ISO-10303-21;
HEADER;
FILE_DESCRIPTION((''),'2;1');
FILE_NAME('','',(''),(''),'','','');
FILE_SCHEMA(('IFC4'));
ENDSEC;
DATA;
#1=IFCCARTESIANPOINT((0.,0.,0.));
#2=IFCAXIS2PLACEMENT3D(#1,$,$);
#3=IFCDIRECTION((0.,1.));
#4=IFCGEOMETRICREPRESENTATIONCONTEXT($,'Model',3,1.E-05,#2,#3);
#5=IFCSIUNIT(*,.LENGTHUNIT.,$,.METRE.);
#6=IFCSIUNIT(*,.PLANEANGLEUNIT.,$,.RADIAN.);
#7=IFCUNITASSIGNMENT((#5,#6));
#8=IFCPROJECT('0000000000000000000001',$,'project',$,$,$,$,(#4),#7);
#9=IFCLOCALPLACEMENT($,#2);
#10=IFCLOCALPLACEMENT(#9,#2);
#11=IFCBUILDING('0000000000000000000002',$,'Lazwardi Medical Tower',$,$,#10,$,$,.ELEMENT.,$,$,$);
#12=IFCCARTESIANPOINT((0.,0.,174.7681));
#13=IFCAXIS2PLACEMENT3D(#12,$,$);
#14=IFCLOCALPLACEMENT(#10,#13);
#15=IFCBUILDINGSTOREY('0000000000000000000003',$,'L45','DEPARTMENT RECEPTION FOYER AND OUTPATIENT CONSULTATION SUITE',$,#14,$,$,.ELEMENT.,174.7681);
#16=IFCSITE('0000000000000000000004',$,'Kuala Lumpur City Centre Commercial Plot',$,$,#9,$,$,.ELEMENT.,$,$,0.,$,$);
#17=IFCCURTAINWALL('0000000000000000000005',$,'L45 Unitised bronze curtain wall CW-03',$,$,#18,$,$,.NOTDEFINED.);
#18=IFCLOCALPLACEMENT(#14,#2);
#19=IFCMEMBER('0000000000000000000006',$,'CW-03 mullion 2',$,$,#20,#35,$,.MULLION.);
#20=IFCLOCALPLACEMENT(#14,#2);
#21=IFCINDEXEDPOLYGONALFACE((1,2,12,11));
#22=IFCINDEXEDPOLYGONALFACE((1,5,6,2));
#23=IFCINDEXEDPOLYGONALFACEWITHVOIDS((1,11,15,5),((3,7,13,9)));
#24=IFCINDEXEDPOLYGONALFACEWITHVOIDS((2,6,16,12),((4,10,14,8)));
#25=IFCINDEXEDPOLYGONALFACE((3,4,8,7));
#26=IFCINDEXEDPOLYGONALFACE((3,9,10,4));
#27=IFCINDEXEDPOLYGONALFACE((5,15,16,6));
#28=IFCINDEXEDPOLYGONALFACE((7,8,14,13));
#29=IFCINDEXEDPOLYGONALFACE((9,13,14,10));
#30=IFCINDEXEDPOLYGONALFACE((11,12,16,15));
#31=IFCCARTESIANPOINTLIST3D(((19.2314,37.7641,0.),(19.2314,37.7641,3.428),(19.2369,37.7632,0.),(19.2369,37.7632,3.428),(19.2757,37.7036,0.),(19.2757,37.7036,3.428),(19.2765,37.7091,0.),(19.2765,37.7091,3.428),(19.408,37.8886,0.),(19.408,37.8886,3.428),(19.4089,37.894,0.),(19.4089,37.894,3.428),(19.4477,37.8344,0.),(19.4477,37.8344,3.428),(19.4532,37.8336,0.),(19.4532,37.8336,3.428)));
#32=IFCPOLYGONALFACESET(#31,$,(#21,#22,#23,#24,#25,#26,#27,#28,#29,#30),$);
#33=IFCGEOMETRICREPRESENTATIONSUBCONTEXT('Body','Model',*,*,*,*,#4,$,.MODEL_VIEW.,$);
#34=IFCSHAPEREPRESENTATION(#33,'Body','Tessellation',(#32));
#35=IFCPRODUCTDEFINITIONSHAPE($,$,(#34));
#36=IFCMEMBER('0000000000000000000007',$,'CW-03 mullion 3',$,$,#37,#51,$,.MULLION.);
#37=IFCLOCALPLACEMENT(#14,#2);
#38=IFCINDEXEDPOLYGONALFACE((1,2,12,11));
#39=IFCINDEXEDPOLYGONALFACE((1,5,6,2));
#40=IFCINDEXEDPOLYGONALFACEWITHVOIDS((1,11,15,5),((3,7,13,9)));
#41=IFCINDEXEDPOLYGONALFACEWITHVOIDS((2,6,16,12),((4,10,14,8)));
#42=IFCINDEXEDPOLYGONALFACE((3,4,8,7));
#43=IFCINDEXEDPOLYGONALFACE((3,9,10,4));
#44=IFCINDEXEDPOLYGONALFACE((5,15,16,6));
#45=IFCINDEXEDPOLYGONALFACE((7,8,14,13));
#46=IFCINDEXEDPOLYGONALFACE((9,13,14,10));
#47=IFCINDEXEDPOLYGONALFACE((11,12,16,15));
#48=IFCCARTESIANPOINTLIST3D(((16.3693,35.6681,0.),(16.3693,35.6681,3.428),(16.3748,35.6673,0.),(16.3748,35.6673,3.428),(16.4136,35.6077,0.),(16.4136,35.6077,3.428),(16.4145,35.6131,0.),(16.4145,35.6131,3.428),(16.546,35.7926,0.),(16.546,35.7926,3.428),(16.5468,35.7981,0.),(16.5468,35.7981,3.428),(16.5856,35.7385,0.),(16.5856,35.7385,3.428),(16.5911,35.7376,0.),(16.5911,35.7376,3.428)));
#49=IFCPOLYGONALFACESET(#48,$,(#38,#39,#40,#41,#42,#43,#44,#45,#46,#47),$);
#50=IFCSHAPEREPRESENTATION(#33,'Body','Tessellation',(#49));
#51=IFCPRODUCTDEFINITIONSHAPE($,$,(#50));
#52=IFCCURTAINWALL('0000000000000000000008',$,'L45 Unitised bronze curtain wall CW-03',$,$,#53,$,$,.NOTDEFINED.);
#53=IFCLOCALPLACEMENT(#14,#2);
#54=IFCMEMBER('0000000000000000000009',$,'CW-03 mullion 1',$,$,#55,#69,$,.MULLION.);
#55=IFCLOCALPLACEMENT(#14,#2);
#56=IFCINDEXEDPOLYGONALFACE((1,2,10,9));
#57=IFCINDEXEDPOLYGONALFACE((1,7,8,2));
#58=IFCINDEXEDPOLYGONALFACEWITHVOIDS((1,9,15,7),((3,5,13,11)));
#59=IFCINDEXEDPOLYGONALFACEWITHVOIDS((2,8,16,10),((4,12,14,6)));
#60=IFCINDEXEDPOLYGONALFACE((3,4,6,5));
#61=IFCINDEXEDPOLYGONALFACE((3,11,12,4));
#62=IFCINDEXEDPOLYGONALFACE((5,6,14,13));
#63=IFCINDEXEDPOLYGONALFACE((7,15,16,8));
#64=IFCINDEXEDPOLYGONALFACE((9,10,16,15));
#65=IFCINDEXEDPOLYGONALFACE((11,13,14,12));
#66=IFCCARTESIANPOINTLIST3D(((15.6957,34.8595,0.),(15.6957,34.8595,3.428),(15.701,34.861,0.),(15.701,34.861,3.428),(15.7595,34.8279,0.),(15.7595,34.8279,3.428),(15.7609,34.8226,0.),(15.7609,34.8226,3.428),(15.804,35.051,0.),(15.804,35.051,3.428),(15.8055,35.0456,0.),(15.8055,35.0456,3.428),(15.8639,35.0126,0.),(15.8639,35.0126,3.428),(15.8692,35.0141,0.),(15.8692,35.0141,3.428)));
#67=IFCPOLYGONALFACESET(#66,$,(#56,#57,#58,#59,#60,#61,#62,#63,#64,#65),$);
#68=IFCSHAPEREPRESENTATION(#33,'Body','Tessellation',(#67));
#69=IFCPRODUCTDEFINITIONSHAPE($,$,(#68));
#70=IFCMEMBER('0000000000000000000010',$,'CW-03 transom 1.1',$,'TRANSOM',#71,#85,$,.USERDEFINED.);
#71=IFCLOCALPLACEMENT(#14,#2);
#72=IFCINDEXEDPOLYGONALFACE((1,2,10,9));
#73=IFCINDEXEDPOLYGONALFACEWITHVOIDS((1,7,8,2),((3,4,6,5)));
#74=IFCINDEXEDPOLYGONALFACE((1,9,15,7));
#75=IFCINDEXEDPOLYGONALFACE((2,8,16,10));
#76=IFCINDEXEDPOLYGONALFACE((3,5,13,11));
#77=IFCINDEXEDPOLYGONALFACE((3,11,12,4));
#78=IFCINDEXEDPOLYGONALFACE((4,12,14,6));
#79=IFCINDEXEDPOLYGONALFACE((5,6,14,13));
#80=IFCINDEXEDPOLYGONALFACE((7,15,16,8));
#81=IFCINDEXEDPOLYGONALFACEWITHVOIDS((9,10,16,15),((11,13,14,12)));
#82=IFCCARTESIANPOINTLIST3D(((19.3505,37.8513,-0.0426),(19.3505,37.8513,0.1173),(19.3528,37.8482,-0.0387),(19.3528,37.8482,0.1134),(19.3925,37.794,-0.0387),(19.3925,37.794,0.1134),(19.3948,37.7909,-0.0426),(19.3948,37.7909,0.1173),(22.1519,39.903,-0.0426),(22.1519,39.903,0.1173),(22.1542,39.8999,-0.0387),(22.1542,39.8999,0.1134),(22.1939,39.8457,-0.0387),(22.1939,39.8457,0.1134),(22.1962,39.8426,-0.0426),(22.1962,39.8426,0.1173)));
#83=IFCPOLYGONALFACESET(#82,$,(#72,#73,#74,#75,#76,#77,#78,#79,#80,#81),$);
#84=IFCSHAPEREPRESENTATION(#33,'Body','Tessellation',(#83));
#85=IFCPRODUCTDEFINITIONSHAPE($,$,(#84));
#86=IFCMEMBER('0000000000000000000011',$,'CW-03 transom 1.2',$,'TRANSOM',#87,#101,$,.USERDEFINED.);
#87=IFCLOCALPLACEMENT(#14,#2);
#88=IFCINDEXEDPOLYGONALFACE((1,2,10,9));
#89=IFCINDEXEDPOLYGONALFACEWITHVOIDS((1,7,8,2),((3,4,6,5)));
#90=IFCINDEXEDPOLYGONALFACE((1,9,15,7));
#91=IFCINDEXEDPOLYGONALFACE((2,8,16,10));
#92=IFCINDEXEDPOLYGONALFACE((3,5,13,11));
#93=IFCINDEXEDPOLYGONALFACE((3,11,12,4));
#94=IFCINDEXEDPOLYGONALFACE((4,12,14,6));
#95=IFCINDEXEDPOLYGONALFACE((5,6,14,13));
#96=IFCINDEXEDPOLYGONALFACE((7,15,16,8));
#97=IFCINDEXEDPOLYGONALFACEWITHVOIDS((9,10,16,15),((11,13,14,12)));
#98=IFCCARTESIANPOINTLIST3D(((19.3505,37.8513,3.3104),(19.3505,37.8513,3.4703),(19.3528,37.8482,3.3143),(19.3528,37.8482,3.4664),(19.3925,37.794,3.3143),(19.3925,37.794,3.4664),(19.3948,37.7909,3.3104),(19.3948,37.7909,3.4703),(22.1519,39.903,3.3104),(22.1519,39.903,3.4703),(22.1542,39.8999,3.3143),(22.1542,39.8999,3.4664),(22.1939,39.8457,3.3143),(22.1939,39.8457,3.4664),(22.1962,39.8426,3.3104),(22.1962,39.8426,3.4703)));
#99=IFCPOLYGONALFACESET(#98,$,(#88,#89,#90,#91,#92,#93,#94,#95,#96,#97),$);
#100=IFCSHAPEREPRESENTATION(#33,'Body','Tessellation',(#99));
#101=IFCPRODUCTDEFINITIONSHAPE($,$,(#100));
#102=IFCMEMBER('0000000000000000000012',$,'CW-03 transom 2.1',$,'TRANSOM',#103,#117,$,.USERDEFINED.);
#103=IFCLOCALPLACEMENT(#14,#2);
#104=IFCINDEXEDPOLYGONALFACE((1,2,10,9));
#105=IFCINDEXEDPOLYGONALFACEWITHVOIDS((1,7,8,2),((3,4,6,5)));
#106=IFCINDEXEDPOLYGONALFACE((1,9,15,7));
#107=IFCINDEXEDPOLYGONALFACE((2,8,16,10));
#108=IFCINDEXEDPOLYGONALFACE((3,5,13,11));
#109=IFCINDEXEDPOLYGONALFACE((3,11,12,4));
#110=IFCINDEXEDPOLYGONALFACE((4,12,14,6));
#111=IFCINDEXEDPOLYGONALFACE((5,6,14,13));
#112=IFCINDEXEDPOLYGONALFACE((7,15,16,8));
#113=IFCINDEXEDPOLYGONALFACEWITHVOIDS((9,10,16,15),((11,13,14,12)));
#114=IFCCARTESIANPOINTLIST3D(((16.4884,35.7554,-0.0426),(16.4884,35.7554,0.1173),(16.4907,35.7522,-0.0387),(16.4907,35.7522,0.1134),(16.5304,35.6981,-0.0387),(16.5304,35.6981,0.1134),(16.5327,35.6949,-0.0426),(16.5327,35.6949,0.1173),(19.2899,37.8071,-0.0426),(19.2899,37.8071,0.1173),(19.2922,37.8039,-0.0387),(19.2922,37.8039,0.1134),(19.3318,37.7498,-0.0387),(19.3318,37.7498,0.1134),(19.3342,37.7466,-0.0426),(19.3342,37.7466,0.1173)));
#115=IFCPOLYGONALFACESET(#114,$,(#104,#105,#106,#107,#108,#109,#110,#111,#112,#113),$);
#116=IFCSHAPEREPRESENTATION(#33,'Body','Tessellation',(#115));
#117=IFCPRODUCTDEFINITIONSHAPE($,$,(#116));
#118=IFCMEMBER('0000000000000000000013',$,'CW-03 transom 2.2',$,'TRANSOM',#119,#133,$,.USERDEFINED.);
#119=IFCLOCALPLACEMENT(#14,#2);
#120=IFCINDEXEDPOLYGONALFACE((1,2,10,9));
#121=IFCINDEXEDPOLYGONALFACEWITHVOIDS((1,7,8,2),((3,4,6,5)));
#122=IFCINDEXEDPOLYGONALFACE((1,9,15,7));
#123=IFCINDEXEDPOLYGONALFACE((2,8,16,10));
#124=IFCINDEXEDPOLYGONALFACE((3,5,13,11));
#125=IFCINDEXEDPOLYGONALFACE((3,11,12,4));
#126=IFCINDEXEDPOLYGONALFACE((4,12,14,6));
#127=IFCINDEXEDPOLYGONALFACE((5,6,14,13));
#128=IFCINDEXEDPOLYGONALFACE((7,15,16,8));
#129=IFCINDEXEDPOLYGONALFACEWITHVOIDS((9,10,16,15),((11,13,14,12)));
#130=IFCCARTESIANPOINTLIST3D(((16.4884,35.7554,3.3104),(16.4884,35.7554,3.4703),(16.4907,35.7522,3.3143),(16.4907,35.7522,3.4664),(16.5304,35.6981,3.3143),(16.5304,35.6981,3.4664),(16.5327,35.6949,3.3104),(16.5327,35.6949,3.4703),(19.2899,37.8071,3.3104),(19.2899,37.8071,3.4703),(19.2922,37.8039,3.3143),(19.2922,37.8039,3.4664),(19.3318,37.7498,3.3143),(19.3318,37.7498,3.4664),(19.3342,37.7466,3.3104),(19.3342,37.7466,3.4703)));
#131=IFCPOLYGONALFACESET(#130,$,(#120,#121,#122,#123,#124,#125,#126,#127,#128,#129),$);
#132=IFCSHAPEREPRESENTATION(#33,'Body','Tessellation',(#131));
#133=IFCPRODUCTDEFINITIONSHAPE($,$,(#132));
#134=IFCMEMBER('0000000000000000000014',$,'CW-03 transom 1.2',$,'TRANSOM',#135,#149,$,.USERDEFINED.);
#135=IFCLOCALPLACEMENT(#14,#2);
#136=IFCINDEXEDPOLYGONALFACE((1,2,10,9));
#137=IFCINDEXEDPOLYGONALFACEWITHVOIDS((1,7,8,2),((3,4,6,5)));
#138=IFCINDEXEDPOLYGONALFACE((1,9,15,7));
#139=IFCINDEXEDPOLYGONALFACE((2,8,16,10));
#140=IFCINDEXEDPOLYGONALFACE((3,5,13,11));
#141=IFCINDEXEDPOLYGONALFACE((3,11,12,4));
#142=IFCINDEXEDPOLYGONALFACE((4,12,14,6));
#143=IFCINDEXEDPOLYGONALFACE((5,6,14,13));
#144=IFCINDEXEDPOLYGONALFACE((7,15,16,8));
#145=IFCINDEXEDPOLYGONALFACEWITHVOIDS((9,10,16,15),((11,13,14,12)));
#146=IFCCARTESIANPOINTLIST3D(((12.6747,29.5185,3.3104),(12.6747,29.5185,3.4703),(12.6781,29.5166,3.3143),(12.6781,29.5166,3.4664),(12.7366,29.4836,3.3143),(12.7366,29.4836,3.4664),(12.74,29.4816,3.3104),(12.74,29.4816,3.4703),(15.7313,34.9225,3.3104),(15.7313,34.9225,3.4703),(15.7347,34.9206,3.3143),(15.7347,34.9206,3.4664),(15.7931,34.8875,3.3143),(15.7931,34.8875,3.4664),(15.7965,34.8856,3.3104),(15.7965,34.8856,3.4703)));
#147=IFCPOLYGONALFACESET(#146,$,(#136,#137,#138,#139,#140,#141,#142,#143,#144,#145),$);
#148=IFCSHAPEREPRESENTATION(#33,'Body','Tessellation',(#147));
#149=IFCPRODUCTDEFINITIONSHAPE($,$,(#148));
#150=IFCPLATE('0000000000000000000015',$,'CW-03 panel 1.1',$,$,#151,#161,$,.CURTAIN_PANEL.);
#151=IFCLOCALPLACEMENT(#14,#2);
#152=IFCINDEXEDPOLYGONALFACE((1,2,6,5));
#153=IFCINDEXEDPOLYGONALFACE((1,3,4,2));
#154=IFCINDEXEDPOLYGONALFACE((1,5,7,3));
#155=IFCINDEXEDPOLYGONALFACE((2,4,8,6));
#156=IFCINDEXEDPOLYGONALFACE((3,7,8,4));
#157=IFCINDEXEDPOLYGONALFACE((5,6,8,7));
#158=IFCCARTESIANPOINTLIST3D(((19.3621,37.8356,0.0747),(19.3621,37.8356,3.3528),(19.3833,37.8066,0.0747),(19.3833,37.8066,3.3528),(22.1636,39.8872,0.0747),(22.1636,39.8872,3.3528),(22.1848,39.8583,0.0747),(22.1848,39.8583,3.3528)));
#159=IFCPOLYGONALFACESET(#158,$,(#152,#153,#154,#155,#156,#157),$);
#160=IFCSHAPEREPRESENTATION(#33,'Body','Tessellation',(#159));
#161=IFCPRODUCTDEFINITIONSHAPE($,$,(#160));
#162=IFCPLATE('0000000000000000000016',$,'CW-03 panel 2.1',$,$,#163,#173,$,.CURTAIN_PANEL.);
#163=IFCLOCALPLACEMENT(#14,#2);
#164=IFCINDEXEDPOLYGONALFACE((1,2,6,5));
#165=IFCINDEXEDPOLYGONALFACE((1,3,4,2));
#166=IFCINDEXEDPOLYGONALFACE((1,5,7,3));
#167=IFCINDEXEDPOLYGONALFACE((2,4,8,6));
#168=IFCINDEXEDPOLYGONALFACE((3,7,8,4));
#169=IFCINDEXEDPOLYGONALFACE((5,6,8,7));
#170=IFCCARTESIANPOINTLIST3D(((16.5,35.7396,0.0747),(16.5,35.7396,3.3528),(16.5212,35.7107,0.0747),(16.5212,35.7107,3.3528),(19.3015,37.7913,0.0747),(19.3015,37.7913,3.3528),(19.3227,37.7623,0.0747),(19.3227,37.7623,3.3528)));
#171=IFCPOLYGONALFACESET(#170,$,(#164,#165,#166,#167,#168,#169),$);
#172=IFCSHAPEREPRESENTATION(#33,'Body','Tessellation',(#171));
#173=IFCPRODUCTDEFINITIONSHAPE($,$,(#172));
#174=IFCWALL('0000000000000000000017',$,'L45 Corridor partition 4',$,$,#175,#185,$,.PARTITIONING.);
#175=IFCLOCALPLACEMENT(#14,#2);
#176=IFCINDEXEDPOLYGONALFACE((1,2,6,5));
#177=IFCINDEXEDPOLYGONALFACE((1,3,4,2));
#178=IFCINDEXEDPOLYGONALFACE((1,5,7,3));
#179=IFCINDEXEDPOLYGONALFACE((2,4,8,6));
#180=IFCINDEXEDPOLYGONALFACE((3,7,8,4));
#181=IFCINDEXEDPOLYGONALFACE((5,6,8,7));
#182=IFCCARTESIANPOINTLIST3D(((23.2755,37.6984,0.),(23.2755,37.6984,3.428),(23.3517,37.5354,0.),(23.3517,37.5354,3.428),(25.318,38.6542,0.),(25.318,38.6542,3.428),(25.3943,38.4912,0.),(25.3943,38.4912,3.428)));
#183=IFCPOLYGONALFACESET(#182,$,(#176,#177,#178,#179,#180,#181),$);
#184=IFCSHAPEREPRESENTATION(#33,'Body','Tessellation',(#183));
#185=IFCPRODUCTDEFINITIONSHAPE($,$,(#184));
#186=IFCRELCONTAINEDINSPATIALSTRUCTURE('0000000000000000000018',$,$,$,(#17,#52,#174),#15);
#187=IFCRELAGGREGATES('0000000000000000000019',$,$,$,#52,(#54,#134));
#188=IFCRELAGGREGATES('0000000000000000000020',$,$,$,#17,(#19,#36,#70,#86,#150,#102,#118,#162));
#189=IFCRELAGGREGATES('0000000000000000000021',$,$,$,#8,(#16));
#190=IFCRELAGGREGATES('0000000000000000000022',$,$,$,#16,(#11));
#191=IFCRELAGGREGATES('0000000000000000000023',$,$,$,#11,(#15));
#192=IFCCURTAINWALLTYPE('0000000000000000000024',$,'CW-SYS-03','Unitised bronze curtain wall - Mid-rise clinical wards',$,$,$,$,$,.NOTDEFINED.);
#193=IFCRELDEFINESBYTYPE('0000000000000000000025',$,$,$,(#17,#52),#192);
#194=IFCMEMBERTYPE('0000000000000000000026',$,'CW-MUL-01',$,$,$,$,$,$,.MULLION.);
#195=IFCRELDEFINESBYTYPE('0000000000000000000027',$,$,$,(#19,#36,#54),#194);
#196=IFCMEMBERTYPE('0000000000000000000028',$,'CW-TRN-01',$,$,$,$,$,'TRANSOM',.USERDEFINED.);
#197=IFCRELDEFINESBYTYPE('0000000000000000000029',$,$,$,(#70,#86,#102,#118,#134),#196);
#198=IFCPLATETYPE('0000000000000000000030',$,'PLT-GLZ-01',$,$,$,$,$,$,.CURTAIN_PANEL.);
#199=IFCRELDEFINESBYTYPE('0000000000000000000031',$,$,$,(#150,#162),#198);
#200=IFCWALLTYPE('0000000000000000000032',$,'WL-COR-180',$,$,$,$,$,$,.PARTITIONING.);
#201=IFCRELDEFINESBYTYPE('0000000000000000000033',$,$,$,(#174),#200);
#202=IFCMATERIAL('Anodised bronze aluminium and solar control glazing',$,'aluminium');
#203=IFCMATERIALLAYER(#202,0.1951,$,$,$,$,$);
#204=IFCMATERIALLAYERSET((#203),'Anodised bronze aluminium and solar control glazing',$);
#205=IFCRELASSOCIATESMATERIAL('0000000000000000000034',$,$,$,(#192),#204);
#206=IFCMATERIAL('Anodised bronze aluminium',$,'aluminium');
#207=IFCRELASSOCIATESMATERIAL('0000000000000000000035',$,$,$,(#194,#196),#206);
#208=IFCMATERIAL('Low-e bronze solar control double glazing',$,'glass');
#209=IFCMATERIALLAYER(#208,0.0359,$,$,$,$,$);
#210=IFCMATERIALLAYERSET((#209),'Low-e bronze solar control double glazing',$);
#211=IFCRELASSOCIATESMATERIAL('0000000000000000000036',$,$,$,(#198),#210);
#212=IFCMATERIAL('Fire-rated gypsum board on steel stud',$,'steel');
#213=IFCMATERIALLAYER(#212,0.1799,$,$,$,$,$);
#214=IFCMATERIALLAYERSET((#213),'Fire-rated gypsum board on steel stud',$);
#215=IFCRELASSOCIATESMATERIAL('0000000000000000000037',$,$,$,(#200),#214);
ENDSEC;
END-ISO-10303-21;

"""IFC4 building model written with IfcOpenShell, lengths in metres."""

from ifc_helpers import new_model, si_unit, direction, frame, frame_2d, origin, origin_2d, place, context, subcontext, project, spatial, rectangle, hollow_rectangle, extrude, material, layer, layer_set, material_profile, profile_set, type_object, element, aggregate, save


model = new_model("IFC4")

# Units and contexts
model_context = context("Model", 3, precision=1e-05, world=origin(), true_north=direction((0.0, 1.0)))
body_context = subcontext(model_context, "Body", "Model", "MODEL_VIEW")
ifc_project = project(units=[si_unit("LENGTHUNIT", "METRE"), si_unit("PLANEANGLEUNIT", "RADIAN")], contexts=[model_context])

# Site, building, storey
site_placement = place(None, origin())
site = spatial("IfcSite", under=ifc_project, at=site_placement, Name="Kuala Lumpur City Centre Commercial Plot", CompositionType="ELEMENT", RefElevation=0.0)
building_placement = place(site_placement, origin())
building = spatial("IfcBuilding", under=site, at=building_placement, Name="Lazwardi Medical Tower", CompositionType="ELEMENT")
storey_placement = place(building_placement, frame((0.0, 0.0, 174.7681)))
storey = spatial("IfcBuildingStorey", under=building, at=storey_placement, Name="L45", Description="DEPARTMENT RECEPTION FOYER AND OUTPATIENT CONSULTATION SUITE", CompositionType="ELEMENT", Elevation=174.7681)

# Shared definitions
ifc_material_1 = material(Name="Anodised bronze aluminium and solar control glazing", Category="aluminium")
ifc_layer_1 = layer(ifc_material_1, 0.1951)
ifc_layer_set_1 = layer_set([ifc_layer_1], Name="Anodised bronze aluminium and solar control glazing")
curtain_wall_type = type_object("IfcCurtainWallType", Name="CW-SYS-03", Description="Unitised bronze curtain wall - Mid-rise clinical wards", PredefinedType="NOTDEFINED", material=ifc_layer_set_1)
ifc_material_2 = material(Name="Anodised bronze aluminium", Category="aluminium")
ifc_material_profile_1 = material_profile(ifc_material_2, hollow_rectangle(XDim=0.075, YDim=0.22, WallThickness=0.0039, at=origin_2d()), Name="ALU-MULLION 220x75x4")
ifc_profile_set_1 = profile_set([ifc_material_profile_1], Name="Anodised bronze aluminium")
member_type_1 = type_object("IfcMemberType", Name="CW-MUL-01", PredefinedType="MULLION", material=ifc_profile_set_1)

# Curtain wall, members
curtain_wall_1_placement = place(storey_placement, origin())
curtain_wall_1 = element("IfcCurtainWall", 1, at=curtain_wall_1_placement, inside=storey, type_object=curtain_wall_type, Name="L45 Unitised bronze curtain wall CW-03", PredefinedType="NOTDEFINED")
member_1_placement = place(storey_placement, frame((19.3423, 37.7988, 0.0), z_axis=(0.0, 0.0, 1.0), x_axis=(0.590834, -0.806793, 0.0)))
member_1 = element("IfcMember", 2, at=member_1_placement, type_object=member_type_1, Name="CW-03 mullion 2", PredefinedType="MULLION", context=body_context, shape_type="SweptSolid", body=[
    extrude(hollow_rectangle(XDim=0.075, YDim=0.22, WallThickness=0.0039, at=origin_2d()), origin(), (0.0, 0.0, 1.0), 3.428),
])
member_2_placement = place(storey_placement, frame((16.4802, 35.7029, 0.0), z_axis=(0.0, 0.0, 1.0), x_axis=(0.590834, -0.806793, 0.0)))
member_2 = element("IfcMember", 3, at=member_2_placement, type_object=member_type_1, Name="CW-03 mullion 3", PredefinedType="MULLION", context=body_context, shape_type="SweptSolid", body=[
    extrude(hollow_rectangle(XDim=0.075, YDim=0.22, WallThickness=0.0039, at=origin_2d()), origin(), (0.0, 0.0, 1.0), 3.428),
])

# Curtain wall, member
curtain_wall_2_placement = place(storey_placement, origin())
curtain_wall_2 = element("IfcCurtainWall", 4, at=curtain_wall_2_placement, inside=storey, type_object=curtain_wall_type, Name="L45 Unitised bronze curtain wall CW-03", PredefinedType="NOTDEFINED")
member_3_placement = place(storey_placement, frame((15.7825, 34.9368, 0.0), z_axis=(0.0, 0.0, 1.0), x_axis=(0.870419, -0.492312, 0.0)))
member_3 = element("IfcMember", 5, at=member_3_placement, type_object=member_type_1, Name="CW-03 mullion 1", PredefinedType="MULLION", context=body_context, shape_type="SweptSolid", body=[
    extrude(hollow_rectangle(XDim=0.075, YDim=0.22, WallThickness=0.0039, at=origin_2d()), origin(), (0.0, 0.0, 1.0), 3.428),
])

# Members
ifc_material_profile_2 = material_profile(ifc_material_2, hollow_rectangle(XDim=0.075, YDim=0.1599, WallThickness=0.0039, at=origin_2d()), Name="ALU-TRANSOM 160x75x4")
ifc_profile_set_2 = profile_set([ifc_material_profile_2], Name="Anodised bronze aluminium")
member_type_2 = type_object("IfcMemberType", Name="CW-TRN-01", ElementType="TRANSOM", PredefinedType="USERDEFINED", material=ifc_profile_set_2)
member_4_placement = place(storey_placement, frame((22.1741, 39.8728, 0.0374), z_axis=(-0.806774, -0.590861, 0.0), x_axis=(0.590861, -0.806774, 0.0)))
member_4 = element("IfcMember", 6, at=member_4_placement, type_object=member_type_2, Name="CW-03 transom 1.1", ObjectType="TRANSOM", PredefinedType="USERDEFINED", context=body_context, shape_type="SweptSolid", body=[
    extrude(hollow_rectangle(XDim=0.075, YDim=0.1599, WallThickness=0.0039, at=origin_2d()), origin(), (0.0, 0.0, 1.0), 3.4724),
])
member_5_placement = place(storey_placement, frame((22.1741, 39.8728, 3.3904), z_axis=(-0.806774, -0.590861, 0.0), x_axis=(0.590861, -0.806774, 0.0)))
member_5 = element("IfcMember", 7, at=member_5_placement, type_object=member_type_2, Name="CW-03 transom 1.2", ObjectType="TRANSOM", PredefinedType="USERDEFINED", context=body_context, shape_type="SweptSolid", body=[
    extrude(hollow_rectangle(XDim=0.075, YDim=0.1599, WallThickness=0.0039, at=origin_2d()), origin(), (0.0, 0.0, 1.0), 3.4724),
])
member_6_placement = place(storey_placement, frame((19.312, 37.7769, 0.0374), z_axis=(-0.806774, -0.590861, 0.0), x_axis=(0.590861, -0.806774, 0.0)))
member_6 = element("IfcMember", 8, at=member_6_placement, type_object=member_type_2, Name="CW-03 transom 2.1", ObjectType="TRANSOM", PredefinedType="USERDEFINED", context=body_context, shape_type="SweptSolid", body=[
    extrude(hollow_rectangle(XDim=0.075, YDim=0.1599, WallThickness=0.0039, at=origin_2d()), origin(), (0.0, 0.0, 1.0), 3.4724),
])
member_7_placement = place(storey_placement, frame((19.312, 37.7769, 3.3904), z_axis=(-0.806774, -0.590861, 0.0), x_axis=(0.590861, -0.806774, 0.0)))
member_7 = element("IfcMember", 9, at=member_7_placement, type_object=member_type_2, Name="CW-03 transom 2.2", ObjectType="TRANSOM", PredefinedType="USERDEFINED", context=body_context, shape_type="SweptSolid", body=[
    extrude(hollow_rectangle(XDim=0.075, YDim=0.1599, WallThickness=0.0039, at=origin_2d()), origin(), (0.0, 0.0, 1.0), 3.4724),
])
member_8_placement = place(storey_placement, frame((15.7639, 34.9041, 3.3904), z_axis=(-0.492323, -0.870413, 0.0), x_axis=(0.870413, -0.492323, 0.0)))
member_8 = element("IfcMember", 10, at=member_8_placement, type_object=member_type_2, Name="CW-03 transom 1.2", ObjectType="TRANSOM", PredefinedType="USERDEFINED", context=body_context, shape_type="SweptSolid", body=[
    extrude(hollow_rectangle(XDim=0.075, YDim=0.1599, WallThickness=0.0039, at=origin_2d()), origin(), (0.0, 0.0, 1.0), 6.2085),
])
aggregate(curtain_wall_2, [member_3, member_8])

# Plates
ifc_material_3 = material(Name="Low-e bronze solar control double glazing", Category="glass")
ifc_layer_2 = layer(ifc_material_3, 0.0359)
ifc_layer_set_2 = layer_set([ifc_layer_2], Name="Low-e bronze solar control double glazing")
plate_type = type_object("IfcPlateType", Name="PLT-GLZ-01", PredefinedType="CURTAIN_PANEL", material=ifc_layer_set_2)
plate_1_placement = place(storey_placement, frame((20.7734, 38.8469, 0.0747), z_axis=(0.0, 0.0, 1.0), x_axis=(-0.806793, -0.590834, 0.0)))
plate_1 = element("IfcPlate", 11, at=plate_1_placement, type_object=plate_type, Name="CW-03 panel 1.1", PredefinedType="CURTAIN_PANEL", context=body_context, shape_type="SweptSolid", body=[
    extrude(rectangle(XDim=3.4724, YDim=0.0359, at=origin_2d()), origin(), (0.0, 0.0, 1.0), 3.2781),
])
plate_2_placement = place(storey_placement, frame((17.9114, 36.751, 0.0747), z_axis=(0.0, 0.0, 1.0), x_axis=(-0.806793, -0.590834, 0.0)))
plate_2 = element("IfcPlate", 12, at=plate_2_placement, type_object=plate_type, Name="CW-03 panel 2.1", PredefinedType="CURTAIN_PANEL", context=body_context, shape_type="SweptSolid", body=[
    extrude(rectangle(XDim=3.4724, YDim=0.0359, at=origin_2d()), origin(), (0.0, 0.0, 1.0), 3.2781),
])
aggregate(curtain_wall_1, [member_1, member_2, member_4, member_5, plate_1, member_6, member_7, plate_2])

# Wall
ifc_material_4 = material(Name="Fire-rated gypsum board on steel stud", Category="steel")
ifc_layer_3 = layer(ifc_material_4, 0.1799)
ifc_layer_set_3 = layer_set([ifc_layer_3], Name="Fire-rated gypsum board on steel stud")
wall_type_1 = type_object("IfcWallType", Name="WL-COR-180", PredefinedType="PARTITIONING", material=ifc_layer_set_3)
wall_1_placement = place(storey_placement, frame((23.3137, 37.6169, 0.0), z_axis=(0.0, 0.0, 1.0), x_axis=(0.905732, 0.423851, 0.0)))
element("IfcWall", 13, at=wall_1_placement, inside=storey, type_object=wall_type_1, Name="L45 Corridor partition 4", PredefinedType="PARTITIONING", context=body_context, shape_type="SweptSolid", body=[
    extrude(rectangle(XDim=2.2551, YDim=0.1799, at=frame_2d((1.1274, 0.0))), origin(), (0.0, 0.0, 1.0), 3.428),
])

save(model, "model.ifc")
